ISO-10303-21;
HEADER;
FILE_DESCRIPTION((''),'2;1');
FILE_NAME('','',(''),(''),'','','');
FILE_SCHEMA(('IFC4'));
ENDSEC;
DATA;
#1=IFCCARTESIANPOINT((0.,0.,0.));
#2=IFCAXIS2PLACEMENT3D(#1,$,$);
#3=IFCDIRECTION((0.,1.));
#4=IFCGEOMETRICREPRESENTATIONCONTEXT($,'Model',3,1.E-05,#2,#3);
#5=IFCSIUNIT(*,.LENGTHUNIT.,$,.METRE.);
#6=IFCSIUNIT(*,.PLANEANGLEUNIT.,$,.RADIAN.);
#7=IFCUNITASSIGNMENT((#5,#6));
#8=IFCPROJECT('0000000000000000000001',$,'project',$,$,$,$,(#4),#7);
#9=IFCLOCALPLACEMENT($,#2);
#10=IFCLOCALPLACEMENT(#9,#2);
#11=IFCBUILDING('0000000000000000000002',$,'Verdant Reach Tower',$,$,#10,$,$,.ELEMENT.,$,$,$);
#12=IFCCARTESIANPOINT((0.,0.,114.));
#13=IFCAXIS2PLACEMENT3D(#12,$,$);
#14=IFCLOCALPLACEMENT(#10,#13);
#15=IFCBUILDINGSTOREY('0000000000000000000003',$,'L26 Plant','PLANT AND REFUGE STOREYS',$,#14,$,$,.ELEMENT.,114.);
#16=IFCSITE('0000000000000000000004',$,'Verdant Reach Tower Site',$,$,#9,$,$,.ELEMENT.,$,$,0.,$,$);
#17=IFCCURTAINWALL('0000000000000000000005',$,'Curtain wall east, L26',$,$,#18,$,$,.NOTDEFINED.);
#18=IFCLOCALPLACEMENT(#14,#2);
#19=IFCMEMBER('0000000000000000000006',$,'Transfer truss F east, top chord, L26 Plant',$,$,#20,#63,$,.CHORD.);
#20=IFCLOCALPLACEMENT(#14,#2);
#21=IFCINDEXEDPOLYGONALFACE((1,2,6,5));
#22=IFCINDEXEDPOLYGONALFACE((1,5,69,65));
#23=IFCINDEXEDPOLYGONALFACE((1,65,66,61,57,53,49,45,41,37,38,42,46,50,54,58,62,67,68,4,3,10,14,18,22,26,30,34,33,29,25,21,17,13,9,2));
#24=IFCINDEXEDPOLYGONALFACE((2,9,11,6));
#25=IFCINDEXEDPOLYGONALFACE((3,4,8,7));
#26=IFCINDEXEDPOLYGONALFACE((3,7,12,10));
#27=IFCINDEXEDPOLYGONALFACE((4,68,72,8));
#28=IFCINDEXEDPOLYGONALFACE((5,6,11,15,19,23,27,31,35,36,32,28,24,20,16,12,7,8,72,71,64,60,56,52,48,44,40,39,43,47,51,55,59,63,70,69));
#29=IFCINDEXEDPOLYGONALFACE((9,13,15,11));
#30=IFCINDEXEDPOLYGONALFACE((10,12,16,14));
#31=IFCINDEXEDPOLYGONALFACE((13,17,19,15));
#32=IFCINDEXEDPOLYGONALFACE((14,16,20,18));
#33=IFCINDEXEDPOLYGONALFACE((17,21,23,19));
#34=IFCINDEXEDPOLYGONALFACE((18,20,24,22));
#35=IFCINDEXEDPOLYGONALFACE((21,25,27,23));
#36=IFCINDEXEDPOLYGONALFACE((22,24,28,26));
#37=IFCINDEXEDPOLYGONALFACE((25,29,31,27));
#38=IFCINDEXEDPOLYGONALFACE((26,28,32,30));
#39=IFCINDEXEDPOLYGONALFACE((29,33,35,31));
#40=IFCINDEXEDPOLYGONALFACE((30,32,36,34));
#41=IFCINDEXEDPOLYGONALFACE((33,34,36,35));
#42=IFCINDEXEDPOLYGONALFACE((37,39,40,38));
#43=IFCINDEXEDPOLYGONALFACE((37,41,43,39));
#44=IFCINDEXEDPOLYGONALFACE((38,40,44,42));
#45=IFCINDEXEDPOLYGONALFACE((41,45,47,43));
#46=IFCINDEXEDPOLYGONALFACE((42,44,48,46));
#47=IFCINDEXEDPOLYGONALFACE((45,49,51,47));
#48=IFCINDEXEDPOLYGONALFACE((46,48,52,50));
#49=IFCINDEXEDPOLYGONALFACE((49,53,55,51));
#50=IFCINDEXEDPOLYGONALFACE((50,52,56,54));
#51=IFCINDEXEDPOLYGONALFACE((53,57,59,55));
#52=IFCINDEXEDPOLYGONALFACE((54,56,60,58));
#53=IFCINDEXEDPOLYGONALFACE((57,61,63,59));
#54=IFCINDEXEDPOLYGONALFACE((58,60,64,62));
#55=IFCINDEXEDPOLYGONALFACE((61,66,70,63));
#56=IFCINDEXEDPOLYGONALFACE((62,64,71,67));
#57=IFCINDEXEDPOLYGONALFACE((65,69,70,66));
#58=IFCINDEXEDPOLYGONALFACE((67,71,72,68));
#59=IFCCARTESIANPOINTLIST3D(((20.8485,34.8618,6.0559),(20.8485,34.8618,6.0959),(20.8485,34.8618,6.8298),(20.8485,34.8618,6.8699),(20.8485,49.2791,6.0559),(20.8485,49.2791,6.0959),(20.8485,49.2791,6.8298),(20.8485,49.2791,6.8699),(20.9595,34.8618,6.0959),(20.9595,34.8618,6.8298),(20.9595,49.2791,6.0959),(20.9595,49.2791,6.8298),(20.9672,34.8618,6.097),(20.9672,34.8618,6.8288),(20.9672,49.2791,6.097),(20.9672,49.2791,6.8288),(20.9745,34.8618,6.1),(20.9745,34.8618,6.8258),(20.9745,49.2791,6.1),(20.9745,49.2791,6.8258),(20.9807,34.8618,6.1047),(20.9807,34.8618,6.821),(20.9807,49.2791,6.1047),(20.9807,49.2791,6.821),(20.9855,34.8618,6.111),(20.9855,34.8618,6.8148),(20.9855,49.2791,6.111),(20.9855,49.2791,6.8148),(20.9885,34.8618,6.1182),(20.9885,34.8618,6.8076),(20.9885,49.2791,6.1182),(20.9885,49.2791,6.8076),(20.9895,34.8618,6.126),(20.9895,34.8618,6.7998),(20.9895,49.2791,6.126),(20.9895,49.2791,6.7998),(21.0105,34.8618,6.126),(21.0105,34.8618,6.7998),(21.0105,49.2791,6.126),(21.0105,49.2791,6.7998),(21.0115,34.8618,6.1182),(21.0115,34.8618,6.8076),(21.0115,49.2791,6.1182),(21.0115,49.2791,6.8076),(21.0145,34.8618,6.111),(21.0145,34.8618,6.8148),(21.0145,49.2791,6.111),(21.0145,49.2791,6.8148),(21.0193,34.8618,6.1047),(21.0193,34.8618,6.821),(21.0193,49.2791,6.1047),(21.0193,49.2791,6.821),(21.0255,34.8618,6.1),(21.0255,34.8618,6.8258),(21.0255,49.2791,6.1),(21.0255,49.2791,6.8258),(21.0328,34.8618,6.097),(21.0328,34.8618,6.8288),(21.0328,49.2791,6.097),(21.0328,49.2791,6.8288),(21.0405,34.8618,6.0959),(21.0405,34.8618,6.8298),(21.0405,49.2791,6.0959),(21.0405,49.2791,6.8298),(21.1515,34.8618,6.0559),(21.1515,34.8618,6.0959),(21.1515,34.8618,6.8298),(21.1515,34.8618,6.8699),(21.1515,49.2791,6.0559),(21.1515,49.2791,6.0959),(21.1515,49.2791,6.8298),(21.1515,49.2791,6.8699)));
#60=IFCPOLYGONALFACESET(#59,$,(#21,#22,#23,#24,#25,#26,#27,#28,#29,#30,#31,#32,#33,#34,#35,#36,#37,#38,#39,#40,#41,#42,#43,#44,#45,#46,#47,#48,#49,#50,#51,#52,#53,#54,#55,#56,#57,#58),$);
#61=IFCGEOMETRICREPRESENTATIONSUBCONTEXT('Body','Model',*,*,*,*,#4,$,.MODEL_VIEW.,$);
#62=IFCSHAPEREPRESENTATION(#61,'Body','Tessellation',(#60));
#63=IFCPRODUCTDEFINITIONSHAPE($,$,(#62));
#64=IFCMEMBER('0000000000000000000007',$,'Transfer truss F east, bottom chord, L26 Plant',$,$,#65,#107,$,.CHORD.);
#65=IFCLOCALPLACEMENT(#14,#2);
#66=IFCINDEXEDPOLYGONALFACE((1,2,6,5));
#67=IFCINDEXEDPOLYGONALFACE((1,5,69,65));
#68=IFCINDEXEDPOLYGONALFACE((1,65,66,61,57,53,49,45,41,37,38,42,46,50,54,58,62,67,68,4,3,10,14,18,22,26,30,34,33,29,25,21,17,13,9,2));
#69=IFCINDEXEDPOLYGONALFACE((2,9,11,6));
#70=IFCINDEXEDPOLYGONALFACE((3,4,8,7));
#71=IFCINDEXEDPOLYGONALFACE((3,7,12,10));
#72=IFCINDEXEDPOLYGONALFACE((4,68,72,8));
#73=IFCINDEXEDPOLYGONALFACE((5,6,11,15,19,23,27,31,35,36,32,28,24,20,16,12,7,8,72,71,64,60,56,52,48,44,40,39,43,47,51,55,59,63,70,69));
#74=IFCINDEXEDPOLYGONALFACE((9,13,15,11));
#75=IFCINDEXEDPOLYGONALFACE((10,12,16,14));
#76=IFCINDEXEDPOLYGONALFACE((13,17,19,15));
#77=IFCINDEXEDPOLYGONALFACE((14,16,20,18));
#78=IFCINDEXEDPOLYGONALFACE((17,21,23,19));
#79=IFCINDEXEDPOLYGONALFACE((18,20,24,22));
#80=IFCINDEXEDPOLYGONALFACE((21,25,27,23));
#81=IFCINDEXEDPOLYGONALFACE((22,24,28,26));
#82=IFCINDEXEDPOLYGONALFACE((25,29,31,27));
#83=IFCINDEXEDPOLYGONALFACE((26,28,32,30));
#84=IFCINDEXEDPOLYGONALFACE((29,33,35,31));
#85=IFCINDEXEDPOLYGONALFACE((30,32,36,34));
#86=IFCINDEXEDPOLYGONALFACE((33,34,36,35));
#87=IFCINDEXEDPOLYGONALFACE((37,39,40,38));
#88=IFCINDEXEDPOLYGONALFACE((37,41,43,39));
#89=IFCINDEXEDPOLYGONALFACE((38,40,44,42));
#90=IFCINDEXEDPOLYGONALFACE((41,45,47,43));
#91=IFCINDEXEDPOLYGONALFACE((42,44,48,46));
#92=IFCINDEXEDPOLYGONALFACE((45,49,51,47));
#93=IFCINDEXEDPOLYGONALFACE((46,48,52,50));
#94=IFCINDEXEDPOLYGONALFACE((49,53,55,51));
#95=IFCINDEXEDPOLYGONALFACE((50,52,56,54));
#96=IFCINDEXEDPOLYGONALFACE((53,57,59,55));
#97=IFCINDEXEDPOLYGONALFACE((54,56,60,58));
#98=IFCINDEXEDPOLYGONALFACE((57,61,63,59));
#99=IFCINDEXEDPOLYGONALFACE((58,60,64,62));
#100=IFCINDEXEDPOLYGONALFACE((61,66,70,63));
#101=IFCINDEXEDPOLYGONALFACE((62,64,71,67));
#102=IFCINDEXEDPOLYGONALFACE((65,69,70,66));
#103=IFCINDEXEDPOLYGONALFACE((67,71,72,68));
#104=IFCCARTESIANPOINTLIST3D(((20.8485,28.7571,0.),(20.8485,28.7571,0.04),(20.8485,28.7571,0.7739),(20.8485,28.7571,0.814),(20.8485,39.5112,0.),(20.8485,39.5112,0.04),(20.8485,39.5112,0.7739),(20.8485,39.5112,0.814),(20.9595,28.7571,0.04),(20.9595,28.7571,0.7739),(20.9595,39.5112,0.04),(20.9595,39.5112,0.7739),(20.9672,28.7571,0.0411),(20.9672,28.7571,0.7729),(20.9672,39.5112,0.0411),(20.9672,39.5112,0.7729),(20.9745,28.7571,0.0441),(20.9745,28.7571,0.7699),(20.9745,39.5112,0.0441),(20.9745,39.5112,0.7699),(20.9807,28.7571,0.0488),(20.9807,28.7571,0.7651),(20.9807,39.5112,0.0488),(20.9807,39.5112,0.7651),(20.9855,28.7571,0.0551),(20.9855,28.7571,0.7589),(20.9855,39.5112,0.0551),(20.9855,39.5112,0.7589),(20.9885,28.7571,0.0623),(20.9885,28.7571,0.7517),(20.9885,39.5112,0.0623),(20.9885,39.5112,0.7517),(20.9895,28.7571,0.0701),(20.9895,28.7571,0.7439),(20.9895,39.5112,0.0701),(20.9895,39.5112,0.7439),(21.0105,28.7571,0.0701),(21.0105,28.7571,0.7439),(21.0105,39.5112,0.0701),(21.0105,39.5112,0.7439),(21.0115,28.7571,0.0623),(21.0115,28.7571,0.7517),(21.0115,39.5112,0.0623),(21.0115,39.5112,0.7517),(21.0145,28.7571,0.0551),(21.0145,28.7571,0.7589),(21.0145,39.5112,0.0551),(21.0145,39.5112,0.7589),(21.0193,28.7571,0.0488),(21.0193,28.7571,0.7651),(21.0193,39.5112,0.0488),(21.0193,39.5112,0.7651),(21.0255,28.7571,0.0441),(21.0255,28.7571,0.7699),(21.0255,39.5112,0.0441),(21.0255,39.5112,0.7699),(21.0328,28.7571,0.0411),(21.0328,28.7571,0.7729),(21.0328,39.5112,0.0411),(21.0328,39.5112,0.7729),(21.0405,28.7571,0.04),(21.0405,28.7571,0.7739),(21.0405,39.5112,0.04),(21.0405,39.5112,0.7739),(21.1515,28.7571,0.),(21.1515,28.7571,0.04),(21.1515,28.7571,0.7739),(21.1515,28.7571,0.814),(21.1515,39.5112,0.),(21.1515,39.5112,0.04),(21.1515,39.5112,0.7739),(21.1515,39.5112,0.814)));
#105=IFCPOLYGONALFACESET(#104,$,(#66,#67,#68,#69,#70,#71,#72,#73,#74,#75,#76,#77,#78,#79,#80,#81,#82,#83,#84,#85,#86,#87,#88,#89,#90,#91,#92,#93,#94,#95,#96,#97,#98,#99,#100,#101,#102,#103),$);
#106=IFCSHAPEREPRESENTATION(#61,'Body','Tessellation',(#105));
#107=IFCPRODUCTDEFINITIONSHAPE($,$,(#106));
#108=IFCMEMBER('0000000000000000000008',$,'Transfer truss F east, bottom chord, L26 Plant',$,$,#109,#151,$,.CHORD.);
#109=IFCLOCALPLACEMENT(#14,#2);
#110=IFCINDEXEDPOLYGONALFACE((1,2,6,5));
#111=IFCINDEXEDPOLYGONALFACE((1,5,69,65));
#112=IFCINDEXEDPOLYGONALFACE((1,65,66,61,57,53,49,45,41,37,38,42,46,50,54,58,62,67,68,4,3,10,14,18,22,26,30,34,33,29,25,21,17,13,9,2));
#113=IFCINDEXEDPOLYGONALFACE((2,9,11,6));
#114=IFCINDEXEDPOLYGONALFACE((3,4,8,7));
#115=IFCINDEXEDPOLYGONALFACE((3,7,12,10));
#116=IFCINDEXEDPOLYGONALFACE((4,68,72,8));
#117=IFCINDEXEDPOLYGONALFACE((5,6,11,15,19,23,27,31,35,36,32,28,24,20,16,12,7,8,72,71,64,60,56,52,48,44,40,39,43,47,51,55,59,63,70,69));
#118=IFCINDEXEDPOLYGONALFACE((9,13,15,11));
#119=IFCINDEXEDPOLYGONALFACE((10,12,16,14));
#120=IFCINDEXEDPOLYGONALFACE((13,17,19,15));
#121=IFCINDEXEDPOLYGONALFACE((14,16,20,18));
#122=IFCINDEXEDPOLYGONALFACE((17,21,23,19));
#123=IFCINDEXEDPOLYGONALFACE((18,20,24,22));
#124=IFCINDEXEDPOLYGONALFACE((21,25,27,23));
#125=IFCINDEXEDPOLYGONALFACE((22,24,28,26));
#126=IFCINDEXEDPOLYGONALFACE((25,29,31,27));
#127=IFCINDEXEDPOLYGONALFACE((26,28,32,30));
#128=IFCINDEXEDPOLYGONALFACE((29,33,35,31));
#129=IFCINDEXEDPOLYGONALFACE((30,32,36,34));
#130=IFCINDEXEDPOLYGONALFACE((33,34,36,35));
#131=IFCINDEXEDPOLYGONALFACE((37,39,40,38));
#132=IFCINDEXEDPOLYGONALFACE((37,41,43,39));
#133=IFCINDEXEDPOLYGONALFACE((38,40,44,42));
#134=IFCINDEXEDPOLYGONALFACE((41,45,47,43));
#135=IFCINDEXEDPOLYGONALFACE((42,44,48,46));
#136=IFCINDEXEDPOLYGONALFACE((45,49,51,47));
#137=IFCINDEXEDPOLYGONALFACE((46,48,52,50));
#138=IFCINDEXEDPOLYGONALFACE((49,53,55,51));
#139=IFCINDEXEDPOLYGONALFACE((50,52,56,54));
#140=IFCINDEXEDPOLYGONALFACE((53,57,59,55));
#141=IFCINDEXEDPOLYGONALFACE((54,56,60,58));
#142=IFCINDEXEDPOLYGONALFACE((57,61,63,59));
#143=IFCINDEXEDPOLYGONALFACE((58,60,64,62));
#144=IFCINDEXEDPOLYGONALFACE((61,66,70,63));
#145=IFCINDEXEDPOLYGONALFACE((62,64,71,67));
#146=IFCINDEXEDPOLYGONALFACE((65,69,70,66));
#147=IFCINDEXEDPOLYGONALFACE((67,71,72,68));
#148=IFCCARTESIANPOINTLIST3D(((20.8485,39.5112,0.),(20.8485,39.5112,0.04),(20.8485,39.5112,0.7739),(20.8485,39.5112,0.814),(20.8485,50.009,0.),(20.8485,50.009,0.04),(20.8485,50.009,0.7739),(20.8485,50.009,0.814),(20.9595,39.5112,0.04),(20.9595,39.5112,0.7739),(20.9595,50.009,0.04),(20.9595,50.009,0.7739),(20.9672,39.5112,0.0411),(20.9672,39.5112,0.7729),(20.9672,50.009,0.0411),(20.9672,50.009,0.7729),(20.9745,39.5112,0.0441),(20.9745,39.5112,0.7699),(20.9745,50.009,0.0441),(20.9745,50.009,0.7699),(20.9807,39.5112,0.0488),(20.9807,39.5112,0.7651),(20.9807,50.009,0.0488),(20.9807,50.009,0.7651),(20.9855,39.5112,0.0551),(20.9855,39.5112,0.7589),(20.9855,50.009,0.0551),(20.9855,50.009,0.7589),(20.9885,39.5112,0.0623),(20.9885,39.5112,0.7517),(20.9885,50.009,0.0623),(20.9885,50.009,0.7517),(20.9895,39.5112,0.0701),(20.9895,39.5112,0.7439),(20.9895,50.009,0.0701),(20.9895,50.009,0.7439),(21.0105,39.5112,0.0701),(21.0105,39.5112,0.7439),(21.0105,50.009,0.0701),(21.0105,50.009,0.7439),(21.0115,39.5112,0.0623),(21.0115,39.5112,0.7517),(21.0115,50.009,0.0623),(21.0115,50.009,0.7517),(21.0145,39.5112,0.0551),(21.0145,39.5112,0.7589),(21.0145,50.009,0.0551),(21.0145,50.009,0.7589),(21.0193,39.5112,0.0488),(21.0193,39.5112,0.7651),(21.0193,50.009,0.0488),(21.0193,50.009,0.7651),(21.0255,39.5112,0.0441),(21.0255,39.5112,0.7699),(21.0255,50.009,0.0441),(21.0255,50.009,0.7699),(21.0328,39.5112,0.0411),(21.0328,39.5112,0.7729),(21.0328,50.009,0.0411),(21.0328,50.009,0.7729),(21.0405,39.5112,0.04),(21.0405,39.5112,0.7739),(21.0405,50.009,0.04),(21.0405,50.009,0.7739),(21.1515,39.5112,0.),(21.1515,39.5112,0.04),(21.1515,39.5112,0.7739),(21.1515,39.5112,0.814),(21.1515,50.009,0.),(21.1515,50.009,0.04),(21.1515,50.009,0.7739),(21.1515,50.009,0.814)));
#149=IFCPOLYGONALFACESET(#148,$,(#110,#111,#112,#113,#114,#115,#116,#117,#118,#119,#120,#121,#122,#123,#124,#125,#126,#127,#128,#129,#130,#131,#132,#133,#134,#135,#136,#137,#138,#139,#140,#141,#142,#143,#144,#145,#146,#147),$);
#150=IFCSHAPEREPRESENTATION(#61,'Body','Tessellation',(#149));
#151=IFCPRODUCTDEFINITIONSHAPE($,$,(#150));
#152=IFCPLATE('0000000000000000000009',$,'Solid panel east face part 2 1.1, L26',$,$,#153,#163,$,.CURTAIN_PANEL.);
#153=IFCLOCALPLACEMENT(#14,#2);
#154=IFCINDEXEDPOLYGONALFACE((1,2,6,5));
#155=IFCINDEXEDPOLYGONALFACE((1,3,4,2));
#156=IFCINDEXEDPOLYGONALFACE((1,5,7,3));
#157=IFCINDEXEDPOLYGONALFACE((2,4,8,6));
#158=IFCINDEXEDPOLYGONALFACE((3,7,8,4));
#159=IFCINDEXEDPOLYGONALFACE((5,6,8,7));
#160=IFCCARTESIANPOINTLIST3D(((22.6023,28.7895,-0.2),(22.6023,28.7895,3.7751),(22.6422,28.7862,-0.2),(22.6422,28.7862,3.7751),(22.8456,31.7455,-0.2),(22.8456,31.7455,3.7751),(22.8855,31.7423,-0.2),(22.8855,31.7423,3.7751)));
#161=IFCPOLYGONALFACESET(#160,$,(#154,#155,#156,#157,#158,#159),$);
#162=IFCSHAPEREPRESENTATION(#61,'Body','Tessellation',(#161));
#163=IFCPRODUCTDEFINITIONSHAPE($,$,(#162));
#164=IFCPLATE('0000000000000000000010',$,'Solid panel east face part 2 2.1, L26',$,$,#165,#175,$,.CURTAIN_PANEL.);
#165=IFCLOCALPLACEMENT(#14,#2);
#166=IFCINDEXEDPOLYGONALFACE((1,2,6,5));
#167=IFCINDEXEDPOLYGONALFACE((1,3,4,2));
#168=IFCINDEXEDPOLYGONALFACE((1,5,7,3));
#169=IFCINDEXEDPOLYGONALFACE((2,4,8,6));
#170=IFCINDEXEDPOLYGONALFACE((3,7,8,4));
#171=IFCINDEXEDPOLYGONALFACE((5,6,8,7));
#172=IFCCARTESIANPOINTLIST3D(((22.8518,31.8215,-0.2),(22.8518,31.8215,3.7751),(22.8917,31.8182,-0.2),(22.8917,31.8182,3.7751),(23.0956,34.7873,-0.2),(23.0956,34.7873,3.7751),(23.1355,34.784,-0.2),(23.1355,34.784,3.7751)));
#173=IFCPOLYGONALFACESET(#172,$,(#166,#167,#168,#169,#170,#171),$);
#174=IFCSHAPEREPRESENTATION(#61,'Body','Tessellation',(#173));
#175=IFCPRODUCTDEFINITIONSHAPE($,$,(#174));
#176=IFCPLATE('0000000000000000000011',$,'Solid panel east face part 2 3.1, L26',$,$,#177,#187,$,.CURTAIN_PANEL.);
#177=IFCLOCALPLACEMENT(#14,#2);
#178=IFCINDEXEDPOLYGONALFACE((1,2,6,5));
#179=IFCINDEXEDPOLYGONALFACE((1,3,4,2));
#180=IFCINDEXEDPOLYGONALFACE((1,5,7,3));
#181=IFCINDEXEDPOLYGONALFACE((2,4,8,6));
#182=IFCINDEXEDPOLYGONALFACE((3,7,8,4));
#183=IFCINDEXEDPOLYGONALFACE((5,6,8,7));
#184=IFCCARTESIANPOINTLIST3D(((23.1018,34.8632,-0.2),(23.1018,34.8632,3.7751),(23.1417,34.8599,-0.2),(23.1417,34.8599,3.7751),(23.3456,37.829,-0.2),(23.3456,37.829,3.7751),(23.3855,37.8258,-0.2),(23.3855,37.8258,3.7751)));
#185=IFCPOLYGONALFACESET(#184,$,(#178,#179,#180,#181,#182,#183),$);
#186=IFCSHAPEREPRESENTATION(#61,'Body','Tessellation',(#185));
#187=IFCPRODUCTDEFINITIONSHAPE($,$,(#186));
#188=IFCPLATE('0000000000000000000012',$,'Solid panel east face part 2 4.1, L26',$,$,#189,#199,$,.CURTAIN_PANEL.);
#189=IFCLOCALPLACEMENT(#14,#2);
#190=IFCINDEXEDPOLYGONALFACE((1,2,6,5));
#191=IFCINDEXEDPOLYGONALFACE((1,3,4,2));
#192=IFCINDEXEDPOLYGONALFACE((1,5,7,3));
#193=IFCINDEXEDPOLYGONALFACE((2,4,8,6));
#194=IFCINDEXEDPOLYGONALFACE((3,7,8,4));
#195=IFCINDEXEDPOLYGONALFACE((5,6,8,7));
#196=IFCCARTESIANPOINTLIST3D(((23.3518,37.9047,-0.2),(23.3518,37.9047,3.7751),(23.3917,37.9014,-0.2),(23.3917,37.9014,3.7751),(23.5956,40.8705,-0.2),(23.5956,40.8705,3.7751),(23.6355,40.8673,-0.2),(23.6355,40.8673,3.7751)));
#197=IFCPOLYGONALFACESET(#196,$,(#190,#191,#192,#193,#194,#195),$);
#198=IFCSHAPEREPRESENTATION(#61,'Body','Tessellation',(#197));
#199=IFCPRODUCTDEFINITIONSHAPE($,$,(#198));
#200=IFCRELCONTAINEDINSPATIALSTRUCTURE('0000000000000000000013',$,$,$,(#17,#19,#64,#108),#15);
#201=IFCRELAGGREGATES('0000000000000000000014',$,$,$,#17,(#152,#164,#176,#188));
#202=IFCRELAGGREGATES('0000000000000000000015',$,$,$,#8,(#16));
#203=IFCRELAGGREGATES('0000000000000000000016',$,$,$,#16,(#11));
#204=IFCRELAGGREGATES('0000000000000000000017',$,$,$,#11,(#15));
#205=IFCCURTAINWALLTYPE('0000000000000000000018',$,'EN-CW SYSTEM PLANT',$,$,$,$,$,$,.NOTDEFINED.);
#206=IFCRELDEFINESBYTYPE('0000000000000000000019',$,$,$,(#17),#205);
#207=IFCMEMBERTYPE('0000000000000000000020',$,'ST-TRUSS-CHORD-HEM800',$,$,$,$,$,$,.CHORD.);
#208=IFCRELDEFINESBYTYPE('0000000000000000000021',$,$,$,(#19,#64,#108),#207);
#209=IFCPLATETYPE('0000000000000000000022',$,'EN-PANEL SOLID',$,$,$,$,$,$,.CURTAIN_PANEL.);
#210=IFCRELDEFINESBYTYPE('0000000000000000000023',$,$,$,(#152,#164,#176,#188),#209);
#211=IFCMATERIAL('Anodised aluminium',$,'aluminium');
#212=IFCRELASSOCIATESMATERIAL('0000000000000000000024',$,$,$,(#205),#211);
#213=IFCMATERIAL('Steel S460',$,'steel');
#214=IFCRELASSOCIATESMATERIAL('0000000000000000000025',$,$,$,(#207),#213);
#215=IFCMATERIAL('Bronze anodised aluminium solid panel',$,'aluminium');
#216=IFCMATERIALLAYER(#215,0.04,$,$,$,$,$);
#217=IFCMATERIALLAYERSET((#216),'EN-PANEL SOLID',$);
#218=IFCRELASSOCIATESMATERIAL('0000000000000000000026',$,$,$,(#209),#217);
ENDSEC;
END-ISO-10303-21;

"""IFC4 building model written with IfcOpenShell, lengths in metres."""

from ifc_helpers import new_model, si_unit, direction, frame, origin, origin_2d, place, context, subcontext, project, spatial, rectangle, i_section, extrude, material, layer, layer_set, material_profile, profile_set, type_object, element, aggregate, save


model = new_model("IFC4")

# Units and contexts
model_context = context("Model", 3, precision=1e-05, world=origin(), true_north=direction((0.0, 1.0)))
body_context = subcontext(model_context, "Body", "Model", "MODEL_VIEW")
ifc_project = project(units=[si_unit("LENGTHUNIT", "METRE"), si_unit("PLANEANGLEUNIT", "RADIAN")], contexts=[model_context])

# Site, building, storey
site_placement = place(None, origin())
site = spatial("IfcSite", under=ifc_project, at=site_placement, Name="Verdant Reach Tower Site", CompositionType="ELEMENT", RefElevation=0.0)
building_placement = place(site_placement, origin())
building = spatial("IfcBuilding", under=site, at=building_placement, Name="Verdant Reach Tower", CompositionType="ELEMENT")
storey_placement = place(building_placement, frame((0.0, 0.0, 114.0)))
storey = spatial("IfcBuildingStorey", under=building, at=storey_placement, Name="L26 Plant", Description="PLANT AND REFUGE STOREYS", CompositionType="ELEMENT", Elevation=114.0)

# Shared definitions
ifc_material_1 = material(Name="Steel S460", Category="steel")

# Curtain wall
ifc_material_2 = material(Name="Anodised aluminium", Category="aluminium")
curtain_wall_type = type_object("IfcCurtainWallType", Name="EN-CW SYSTEM PLANT", PredefinedType="NOTDEFINED", material=ifc_material_2)
curtain_wall_placement = place(storey_placement, origin())
curtain_wall = element("IfcCurtainWall", 1, at=curtain_wall_placement, inside=storey, type_object=curtain_wall_type, Name="Curtain wall east, L26", PredefinedType="NOTDEFINED")

# Members
ifc_material_profile_1 = material_profile(ifc_material_1, i_section(OverallWidth=0.303, OverallDepth=0.814, WebThickness=0.021, FlangeThickness=0.04, FilletRadius=0.03, at=origin_2d()), Name="HEM 800")
ifc_profile_set_1 = profile_set([ifc_material_profile_1], Name="Steel S460")
member_type_1 = type_object("IfcMemberType", Name="ST-TRUSS-CHORD-HEM800", PredefinedType="CHORD", material=ifc_profile_set_1)
member_1_placement = place(storey_placement, frame((21.0, 34.8618, 6.4629), z_axis=(0.0, 1.0, 0.0), x_axis=(-1.0, 0.0, 0.0)))
element("IfcMember", 2, at=member_1_placement, inside=storey, type_object=member_type_1, Name="Transfer truss F east, top chord, L26 Plant", PredefinedType="CHORD", context=body_context, shape_type="SweptSolid", body=[
    extrude(i_section(OverallWidth=0.303, OverallDepth=0.814, WebThickness=0.021, FlangeThickness=0.04, FilletRadius=0.03, at=origin_2d()), origin(), (0.0, 0.0, 1.0), 14.4172),
])
member_2_placement = place(storey_placement, frame((21.0, 28.7571, 0.407), z_axis=(0.0, 1.0, 0.0), x_axis=(-1.0, 0.0, 0.0)))
element("IfcMember", 3, at=member_2_placement, inside=storey, type_object=member_type_1, Name="Transfer truss F east, bottom chord, L26 Plant", PredefinedType="CHORD", context=body_context, shape_type="SweptSolid", body=[
    extrude(i_section(OverallWidth=0.303, OverallDepth=0.814, WebThickness=0.021, FlangeThickness=0.04, FilletRadius=0.03, at=origin_2d()), origin(), (0.0, 0.0, 1.0), 10.7542),
])
member_3_placement = place(storey_placement, frame((21.0, 39.5112, 0.407), z_axis=(0.0, 1.0, 0.0), x_axis=(-1.0, 0.0, 0.0)))
element("IfcMember", 4, at=member_3_placement, inside=storey, type_object=member_type_1, Name="Transfer truss F east, bottom chord, L26 Plant", PredefinedType="CHORD", context=body_context, shape_type="SweptSolid", body=[
    extrude(i_section(OverallWidth=0.303, OverallDepth=0.814, WebThickness=0.021, FlangeThickness=0.04, FilletRadius=0.03, at=origin_2d()), origin(), (0.0, 0.0, 1.0), 10.4978),
])

# Plates
ifc_material_3 = material(Name="Bronze anodised aluminium solid panel", Category="aluminium")
ifc_layer_1 = layer(ifc_material_3, 0.04)
ifc_layer_set_1 = layer_set([ifc_layer_1], Name="EN-PANEL SOLID")
plate_type_1 = type_object("IfcPlateType", Name="EN-PANEL SOLID", PredefinedType="CURTAIN_PANEL", material=ifc_layer_set_1)
plate_1_placement = place(storey_placement, frame((22.7439, 30.2659, -0.2), z_axis=(0.0, 0.0, 1.0), x_axis=(0.082047, 0.996628, 0.0)))
plate_1 = element("IfcPlate", 5, at=plate_1_placement, type_object=plate_type_1, Name="Solid panel east face part 2 1.1, L26", PredefinedType="CURTAIN_PANEL", context=body_context, shape_type="SweptSolid", body=[
    extrude(rectangle(XDim=2.9661, YDim=0.04, at=origin_2d()), origin(), (0.0, 0.0, 1.0), 3.9751),
])
plate_2_placement = place(storey_placement, frame((22.9937, 33.3027, -0.2), z_axis=(0.0, 0.0, 1.0), x_axis=(0.081916, 0.996639, 0.0)))
plate_2 = element("IfcPlate", 6, at=plate_2_placement, type_object=plate_type_1, Name="Solid panel east face part 2 2.1, L26", PredefinedType="CURTAIN_PANEL", context=body_context, shape_type="SweptSolid", body=[
    extrude(rectangle(XDim=2.9758, YDim=0.04, at=origin_2d()), origin(), (0.0, 0.0, 1.0), 3.9751),
])
plate_3_placement = place(storey_placement, frame((23.2437, 36.3445, -0.2), z_axis=(0.0, 0.0, 1.0), x_axis=(0.081916, 0.996639, 0.0)))
plate_3 = element("IfcPlate", 7, at=plate_3_placement, type_object=plate_type_1, Name="Solid panel east face part 2 3.1, L26", PredefinedType="CURTAIN_PANEL", context=body_context, shape_type="SweptSolid", body=[
    extrude(rectangle(XDim=2.9758, YDim=0.04, at=origin_2d()), origin(), (0.0, 0.0, 1.0), 3.9751),
])
plate_4_placement = place(storey_placement, frame((23.4937, 39.386, -0.2), z_axis=(0.0, 0.0, 1.0), x_axis=(0.081916, 0.996639, 0.0)))
plate_4 = element("IfcPlate", 8, at=plate_4_placement, type_object=plate_type_1, Name="Solid panel east face part 2 4.1, L26", PredefinedType="CURTAIN_PANEL", context=body_context, shape_type="SweptSolid", body=[
    extrude(rectangle(XDim=2.9758, YDim=0.04, at=origin_2d()), origin(), (0.0, 0.0, 1.0), 3.9751),
])

aggregate(curtain_wall, [plate_1, plate_2, plate_3, plate_4])

save(model, "model.ifc")
